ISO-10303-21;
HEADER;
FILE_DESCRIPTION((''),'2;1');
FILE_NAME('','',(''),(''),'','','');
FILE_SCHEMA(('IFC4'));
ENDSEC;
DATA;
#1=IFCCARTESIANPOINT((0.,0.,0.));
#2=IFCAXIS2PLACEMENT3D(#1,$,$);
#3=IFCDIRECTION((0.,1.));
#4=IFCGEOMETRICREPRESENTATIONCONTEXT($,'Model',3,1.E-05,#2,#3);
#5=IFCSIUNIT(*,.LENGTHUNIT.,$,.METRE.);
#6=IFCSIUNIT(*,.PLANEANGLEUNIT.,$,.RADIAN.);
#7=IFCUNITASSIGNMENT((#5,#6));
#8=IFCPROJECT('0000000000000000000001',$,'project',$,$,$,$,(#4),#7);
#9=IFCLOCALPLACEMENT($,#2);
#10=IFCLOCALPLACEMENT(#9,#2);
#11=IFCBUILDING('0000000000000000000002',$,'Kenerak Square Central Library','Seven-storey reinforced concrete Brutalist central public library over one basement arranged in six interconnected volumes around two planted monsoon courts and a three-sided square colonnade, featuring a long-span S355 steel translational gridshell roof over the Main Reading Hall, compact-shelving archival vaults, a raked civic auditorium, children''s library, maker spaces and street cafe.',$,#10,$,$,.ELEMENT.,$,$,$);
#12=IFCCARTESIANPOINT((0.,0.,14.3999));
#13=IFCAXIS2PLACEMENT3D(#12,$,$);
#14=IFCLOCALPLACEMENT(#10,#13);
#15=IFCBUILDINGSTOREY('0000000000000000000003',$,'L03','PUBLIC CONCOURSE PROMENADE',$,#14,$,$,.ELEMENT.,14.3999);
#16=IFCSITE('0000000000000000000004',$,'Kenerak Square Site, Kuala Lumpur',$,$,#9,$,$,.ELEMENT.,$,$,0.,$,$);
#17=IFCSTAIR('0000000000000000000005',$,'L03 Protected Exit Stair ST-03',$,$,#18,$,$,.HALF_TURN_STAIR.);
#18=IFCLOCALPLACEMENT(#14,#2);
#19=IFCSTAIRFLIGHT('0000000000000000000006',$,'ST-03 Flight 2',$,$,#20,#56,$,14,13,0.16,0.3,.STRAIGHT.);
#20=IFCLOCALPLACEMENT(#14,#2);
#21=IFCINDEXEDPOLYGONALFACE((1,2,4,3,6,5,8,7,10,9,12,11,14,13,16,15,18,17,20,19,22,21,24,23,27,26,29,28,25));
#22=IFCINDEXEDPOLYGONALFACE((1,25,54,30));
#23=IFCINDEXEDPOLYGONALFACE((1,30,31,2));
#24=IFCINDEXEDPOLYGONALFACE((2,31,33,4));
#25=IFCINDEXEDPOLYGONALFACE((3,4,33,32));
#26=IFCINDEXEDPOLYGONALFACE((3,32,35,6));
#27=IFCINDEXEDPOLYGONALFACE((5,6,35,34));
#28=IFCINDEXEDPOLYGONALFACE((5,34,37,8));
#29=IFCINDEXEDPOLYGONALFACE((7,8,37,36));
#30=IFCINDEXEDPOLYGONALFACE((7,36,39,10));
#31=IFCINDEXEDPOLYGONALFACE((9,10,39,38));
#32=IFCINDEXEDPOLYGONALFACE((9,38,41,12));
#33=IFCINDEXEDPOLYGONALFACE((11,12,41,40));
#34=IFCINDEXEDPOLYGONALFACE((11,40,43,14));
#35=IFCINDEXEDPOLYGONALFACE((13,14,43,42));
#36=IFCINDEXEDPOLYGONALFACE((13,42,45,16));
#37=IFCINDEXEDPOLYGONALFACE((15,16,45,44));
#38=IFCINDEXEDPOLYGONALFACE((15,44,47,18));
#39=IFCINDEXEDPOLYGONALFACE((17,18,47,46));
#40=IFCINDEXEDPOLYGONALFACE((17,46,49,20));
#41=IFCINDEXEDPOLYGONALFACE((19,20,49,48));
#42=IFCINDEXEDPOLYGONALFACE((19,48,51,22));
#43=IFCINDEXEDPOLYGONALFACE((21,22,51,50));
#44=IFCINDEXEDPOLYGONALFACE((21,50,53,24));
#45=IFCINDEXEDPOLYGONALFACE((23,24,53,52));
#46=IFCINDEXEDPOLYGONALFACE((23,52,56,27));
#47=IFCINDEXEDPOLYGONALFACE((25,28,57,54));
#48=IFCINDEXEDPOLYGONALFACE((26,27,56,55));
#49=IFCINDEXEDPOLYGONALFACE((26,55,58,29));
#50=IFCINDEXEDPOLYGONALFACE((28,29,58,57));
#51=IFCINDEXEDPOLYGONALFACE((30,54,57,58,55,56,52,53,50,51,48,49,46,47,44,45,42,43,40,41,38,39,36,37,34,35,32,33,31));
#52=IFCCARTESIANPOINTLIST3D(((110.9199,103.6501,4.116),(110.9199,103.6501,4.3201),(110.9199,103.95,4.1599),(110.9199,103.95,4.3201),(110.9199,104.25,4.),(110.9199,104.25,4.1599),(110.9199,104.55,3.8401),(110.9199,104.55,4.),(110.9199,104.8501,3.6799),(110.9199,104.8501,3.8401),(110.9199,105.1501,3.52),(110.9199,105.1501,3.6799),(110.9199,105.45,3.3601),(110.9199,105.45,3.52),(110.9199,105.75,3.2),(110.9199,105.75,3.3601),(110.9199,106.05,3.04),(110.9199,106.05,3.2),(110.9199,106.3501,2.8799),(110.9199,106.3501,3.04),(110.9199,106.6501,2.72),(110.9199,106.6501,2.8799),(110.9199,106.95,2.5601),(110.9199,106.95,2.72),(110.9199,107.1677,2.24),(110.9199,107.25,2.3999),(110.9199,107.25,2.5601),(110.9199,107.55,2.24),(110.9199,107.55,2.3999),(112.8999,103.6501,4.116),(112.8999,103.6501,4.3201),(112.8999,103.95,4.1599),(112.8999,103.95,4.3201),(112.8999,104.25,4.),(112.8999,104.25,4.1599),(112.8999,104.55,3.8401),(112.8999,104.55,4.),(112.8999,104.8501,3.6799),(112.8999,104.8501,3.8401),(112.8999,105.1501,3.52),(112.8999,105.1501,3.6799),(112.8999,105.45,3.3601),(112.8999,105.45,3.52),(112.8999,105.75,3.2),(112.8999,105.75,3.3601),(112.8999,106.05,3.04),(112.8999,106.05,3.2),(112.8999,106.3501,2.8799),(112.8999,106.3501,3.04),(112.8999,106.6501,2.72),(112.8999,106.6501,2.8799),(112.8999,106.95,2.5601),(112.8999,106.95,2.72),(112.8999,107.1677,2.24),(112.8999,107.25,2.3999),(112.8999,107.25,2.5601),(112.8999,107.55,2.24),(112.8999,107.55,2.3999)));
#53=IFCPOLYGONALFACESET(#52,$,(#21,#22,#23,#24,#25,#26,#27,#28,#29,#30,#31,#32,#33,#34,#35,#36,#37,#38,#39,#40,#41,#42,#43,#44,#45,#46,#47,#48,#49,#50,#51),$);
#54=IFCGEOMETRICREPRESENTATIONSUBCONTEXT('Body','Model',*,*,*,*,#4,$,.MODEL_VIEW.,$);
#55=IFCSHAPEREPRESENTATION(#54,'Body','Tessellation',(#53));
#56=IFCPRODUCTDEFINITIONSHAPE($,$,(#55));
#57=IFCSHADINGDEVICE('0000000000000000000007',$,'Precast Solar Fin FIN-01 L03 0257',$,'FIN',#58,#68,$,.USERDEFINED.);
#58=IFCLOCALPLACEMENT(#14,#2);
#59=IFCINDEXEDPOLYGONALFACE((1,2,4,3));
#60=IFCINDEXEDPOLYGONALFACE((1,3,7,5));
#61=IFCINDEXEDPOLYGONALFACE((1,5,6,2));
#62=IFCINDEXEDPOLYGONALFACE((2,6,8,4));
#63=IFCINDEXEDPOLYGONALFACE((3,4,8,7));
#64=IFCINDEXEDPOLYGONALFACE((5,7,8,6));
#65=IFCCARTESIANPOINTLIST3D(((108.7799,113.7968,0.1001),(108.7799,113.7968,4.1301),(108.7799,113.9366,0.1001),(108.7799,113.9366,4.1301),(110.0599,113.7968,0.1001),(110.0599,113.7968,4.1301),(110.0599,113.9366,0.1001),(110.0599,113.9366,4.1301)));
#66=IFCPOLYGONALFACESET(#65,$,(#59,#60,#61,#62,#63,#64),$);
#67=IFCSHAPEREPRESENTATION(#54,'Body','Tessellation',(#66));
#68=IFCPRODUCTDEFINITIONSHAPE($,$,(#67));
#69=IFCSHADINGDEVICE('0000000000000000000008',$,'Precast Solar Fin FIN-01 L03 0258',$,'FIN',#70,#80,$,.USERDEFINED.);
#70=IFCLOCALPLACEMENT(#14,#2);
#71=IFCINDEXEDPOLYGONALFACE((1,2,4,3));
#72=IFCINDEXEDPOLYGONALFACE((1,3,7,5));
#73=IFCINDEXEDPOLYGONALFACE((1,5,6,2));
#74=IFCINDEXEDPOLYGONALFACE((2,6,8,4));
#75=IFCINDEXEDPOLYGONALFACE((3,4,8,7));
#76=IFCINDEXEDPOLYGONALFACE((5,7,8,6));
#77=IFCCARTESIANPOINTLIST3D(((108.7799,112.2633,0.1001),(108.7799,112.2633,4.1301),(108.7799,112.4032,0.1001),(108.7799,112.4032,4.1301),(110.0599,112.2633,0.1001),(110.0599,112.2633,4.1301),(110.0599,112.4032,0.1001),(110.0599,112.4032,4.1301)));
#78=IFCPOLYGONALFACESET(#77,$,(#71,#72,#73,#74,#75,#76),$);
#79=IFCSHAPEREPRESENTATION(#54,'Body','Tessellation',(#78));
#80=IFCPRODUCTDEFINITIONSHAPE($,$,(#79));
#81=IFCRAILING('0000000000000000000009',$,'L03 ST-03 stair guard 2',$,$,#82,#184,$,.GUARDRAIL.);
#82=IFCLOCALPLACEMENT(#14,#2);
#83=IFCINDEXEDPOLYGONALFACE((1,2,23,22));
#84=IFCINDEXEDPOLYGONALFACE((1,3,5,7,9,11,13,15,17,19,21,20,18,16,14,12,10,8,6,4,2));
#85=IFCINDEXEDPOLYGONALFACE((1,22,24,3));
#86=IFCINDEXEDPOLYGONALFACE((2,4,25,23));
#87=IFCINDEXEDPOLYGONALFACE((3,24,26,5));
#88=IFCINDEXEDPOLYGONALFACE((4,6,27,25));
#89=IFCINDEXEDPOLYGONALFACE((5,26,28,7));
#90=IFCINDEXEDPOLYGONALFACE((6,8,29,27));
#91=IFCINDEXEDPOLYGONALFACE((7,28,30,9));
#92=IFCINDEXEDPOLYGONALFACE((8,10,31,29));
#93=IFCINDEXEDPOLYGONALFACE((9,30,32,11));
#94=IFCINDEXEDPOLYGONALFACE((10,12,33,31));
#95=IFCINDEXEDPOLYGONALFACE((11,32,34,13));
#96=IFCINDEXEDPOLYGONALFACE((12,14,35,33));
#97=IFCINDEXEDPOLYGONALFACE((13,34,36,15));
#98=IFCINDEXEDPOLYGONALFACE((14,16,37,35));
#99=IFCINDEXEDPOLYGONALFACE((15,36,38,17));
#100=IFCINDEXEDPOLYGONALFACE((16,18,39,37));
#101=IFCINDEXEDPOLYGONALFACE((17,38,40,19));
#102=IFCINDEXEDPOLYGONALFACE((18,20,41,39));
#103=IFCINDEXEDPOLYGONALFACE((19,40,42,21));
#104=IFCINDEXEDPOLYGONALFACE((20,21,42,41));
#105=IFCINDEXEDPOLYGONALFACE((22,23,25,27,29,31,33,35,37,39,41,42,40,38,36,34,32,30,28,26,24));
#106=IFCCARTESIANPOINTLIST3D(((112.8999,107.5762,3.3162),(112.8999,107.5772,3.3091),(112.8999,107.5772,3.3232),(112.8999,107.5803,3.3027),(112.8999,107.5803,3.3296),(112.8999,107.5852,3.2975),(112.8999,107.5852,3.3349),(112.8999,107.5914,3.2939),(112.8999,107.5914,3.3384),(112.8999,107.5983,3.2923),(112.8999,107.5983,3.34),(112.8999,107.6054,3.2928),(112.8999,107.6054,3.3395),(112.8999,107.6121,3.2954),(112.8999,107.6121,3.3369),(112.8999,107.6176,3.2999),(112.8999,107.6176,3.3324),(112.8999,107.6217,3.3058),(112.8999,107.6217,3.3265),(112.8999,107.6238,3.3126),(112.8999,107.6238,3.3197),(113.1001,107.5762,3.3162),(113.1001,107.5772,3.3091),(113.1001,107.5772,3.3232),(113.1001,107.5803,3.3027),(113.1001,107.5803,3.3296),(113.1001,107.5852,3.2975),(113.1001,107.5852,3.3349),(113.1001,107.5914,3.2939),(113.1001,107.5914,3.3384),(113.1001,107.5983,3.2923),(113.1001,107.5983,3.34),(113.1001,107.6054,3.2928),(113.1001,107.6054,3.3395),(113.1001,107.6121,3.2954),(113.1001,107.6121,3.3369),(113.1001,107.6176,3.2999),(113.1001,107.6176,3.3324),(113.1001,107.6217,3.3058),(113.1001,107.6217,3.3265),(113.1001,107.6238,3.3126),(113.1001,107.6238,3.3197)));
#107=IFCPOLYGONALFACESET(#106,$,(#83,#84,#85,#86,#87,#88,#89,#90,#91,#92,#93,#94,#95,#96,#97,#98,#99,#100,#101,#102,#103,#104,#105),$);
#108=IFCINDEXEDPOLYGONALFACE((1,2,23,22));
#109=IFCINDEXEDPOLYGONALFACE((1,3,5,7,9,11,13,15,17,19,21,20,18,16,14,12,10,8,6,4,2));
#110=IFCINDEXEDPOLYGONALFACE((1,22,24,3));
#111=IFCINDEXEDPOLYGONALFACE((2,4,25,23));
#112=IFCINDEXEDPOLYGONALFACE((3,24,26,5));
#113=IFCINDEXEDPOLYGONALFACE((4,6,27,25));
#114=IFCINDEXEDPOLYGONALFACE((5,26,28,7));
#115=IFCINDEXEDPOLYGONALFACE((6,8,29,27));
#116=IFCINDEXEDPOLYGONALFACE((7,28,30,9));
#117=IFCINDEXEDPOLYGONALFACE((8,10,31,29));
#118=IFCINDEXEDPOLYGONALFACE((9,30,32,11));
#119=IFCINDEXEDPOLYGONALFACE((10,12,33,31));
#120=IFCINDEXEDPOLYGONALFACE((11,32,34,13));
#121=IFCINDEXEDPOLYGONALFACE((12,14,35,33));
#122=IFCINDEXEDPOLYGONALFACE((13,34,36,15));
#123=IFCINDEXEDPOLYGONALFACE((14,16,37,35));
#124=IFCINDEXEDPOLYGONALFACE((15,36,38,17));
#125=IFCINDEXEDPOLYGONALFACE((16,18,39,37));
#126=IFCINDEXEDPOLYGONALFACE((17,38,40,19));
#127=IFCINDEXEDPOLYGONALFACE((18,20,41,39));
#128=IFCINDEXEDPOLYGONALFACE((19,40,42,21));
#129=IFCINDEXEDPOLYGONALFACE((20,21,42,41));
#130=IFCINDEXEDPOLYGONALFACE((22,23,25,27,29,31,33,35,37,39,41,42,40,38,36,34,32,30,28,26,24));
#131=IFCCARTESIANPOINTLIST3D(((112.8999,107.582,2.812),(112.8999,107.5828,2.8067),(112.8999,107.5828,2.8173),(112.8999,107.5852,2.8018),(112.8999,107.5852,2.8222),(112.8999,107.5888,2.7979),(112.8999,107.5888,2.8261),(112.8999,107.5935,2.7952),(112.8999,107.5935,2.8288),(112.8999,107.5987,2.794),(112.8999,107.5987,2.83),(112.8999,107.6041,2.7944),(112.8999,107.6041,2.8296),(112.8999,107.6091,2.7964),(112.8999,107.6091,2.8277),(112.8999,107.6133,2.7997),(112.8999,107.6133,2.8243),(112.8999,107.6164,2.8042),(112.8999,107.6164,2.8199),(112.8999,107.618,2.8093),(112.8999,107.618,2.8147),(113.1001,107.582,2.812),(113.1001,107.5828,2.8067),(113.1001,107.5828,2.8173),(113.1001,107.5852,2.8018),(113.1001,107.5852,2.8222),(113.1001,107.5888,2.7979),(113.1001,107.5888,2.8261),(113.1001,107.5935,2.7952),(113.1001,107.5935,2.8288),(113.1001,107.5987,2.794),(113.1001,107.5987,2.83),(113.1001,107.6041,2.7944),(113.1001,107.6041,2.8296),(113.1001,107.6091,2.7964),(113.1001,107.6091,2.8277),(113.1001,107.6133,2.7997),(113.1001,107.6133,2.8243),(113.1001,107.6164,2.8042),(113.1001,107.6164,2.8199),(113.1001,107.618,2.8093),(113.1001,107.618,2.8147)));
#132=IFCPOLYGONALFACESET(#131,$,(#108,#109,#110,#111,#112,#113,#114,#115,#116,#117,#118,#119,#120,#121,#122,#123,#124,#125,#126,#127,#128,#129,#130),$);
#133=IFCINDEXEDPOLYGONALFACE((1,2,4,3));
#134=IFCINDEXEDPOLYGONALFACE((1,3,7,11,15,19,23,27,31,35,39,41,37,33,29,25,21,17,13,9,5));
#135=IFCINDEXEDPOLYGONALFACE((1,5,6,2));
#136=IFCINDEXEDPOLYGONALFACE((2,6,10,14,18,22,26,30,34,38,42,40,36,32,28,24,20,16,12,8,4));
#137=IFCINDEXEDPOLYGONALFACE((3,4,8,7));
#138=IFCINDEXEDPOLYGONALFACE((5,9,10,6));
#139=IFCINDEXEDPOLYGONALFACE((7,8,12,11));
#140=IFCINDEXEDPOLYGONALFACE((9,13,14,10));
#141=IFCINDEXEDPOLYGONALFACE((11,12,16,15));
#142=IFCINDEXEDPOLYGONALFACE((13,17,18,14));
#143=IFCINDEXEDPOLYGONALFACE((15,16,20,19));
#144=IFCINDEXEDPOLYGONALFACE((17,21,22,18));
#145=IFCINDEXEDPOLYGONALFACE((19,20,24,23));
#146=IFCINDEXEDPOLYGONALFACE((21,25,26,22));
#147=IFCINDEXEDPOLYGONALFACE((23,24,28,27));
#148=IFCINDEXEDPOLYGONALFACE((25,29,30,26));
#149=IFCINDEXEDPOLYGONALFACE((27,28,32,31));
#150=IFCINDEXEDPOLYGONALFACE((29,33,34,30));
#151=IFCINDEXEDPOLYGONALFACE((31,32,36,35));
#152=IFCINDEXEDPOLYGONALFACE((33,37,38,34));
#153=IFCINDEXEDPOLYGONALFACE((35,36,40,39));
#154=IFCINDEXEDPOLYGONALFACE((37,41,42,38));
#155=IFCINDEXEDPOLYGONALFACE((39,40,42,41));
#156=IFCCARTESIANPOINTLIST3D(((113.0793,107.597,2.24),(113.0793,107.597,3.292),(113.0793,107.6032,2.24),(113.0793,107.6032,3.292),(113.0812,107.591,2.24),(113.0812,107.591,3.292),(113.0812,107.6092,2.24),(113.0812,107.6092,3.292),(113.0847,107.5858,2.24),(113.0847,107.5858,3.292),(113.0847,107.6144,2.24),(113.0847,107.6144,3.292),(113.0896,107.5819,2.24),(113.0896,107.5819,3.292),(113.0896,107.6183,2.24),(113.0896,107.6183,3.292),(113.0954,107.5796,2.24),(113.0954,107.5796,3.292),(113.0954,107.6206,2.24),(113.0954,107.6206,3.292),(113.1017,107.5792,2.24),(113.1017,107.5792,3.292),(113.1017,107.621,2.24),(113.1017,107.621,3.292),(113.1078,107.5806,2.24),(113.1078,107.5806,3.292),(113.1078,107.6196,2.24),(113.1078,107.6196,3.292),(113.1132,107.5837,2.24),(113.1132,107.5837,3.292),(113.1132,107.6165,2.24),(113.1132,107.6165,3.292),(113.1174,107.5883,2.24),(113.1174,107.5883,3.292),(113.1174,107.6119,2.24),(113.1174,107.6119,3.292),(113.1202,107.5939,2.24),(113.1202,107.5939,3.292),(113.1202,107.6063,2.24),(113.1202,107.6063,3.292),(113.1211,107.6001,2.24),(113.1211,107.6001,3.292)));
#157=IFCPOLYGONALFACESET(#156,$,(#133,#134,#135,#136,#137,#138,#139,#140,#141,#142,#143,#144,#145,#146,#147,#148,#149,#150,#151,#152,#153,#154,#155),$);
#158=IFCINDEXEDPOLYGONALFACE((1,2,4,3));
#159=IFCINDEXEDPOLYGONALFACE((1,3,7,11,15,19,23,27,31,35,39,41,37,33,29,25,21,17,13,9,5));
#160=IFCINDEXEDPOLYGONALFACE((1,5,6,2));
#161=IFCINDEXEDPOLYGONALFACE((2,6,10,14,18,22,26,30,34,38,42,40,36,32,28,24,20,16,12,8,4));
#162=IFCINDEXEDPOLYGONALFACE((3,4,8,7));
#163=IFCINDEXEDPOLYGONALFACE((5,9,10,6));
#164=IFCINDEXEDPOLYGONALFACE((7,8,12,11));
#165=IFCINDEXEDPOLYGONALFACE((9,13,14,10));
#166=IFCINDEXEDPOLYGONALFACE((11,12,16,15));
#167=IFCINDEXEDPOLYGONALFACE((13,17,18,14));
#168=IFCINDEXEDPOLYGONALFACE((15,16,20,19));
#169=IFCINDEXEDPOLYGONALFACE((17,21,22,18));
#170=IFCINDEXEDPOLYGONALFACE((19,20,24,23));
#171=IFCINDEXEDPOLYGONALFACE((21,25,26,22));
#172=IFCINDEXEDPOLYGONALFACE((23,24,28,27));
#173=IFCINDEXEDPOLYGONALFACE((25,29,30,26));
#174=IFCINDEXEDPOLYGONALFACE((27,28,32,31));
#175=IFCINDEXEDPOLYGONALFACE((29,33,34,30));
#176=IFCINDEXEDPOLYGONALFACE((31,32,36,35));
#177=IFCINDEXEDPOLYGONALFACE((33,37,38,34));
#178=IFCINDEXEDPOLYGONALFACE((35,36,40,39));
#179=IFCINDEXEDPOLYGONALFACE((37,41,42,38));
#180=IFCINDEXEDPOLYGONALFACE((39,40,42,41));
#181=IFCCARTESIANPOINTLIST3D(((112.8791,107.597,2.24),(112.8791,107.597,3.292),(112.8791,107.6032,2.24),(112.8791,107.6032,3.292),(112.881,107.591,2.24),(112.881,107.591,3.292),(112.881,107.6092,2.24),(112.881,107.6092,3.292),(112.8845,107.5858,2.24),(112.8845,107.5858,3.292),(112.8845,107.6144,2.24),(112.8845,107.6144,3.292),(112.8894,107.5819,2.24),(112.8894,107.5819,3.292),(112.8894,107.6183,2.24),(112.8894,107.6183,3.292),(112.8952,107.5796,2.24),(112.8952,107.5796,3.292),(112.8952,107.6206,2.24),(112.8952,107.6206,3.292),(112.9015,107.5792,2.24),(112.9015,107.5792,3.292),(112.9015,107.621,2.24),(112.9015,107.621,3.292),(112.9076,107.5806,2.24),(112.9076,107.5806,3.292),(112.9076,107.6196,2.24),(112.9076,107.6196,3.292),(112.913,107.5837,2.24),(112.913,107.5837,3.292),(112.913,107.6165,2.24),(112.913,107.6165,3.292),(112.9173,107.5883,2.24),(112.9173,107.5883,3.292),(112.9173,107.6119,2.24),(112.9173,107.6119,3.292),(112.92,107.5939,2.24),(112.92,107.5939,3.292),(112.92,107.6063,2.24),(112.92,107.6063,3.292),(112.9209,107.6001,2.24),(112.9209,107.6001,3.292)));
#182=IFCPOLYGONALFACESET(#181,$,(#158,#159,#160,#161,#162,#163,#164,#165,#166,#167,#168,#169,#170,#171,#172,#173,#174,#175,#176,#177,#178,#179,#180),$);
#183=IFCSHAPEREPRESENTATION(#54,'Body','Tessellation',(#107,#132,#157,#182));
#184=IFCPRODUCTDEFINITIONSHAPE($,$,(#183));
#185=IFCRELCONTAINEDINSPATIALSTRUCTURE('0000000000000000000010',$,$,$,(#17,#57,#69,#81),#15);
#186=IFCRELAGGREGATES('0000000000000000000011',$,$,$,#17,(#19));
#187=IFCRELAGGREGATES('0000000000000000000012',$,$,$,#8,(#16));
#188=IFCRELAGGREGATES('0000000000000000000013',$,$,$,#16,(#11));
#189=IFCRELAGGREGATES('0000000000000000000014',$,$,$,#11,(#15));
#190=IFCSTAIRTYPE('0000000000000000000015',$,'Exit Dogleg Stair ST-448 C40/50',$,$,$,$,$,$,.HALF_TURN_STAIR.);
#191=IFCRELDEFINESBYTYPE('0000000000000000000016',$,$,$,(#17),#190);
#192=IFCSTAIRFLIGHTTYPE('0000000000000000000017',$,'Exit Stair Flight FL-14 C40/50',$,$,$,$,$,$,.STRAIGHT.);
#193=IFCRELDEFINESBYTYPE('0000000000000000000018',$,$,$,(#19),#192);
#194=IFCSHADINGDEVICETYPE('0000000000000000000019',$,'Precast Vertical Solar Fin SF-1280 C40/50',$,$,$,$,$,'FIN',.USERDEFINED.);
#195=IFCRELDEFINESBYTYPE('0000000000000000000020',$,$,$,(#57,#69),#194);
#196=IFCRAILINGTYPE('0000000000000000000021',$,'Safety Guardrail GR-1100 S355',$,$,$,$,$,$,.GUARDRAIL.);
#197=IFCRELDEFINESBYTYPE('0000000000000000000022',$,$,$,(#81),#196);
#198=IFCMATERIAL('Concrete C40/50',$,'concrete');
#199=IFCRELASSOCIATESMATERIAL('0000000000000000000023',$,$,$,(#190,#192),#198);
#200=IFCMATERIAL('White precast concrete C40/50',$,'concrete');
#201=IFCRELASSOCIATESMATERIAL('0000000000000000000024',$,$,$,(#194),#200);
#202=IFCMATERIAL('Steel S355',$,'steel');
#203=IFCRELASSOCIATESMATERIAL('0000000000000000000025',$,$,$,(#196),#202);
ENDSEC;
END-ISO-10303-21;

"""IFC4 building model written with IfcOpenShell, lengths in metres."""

from ifc_helpers import new_model, si_unit, direction, frame, origin, origin_2d, place, context, subcontext, project, spatial, polyline, rectangle, circle, outline, extrude, material, type_object, element, aggregate, save


model = new_model("IFC4")

# Units and contexts
model_context = context("Model", 3, precision=1e-05, world=origin(), true_north=direction((0.0, 1.0)))
body_context = subcontext(model_context, "Body", "Model", "MODEL_VIEW")
ifc_project = project(units=[si_unit("LENGTHUNIT", "METRE"), si_unit("PLANEANGLEUNIT", "RADIAN")], contexts=[model_context])

# Site, building, storey
site_placement = place(None, origin())
site = spatial("IfcSite", under=ifc_project, at=site_placement, Name="Kenerak Square Site, Kuala Lumpur", CompositionType="ELEMENT", RefElevation=0.0)
building_placement = place(site_placement, origin())
building = spatial("IfcBuilding", under=site, at=building_placement, Name="Kenerak Square Central Library", Description="Seven-storey reinforced concrete Brutalist central public library over one basement arranged in six interconnected volumes around two planted monsoon courts and a three-sided square colonnade, featuring a long-span S355 steel translational gridshell roof over the Main Reading Hall, compact-shelving archival vaults, a raked civic auditorium, children's library, maker spaces and street cafe.", CompositionType="ELEMENT")
storey_placement = place(building_placement, frame((0.0, 0.0, 14.3999)))
storey = spatial("IfcBuildingStorey", under=building, at=storey_placement, Name="L03", Description="PUBLIC CONCOURSE PROMENADE", CompositionType="ELEMENT", Elevation=14.3999)

# Shared definitions
ifc_material_1 = material(Name="Concrete C40/50", Category="concrete")

# Stair, stair flight
stair_type = type_object("IfcStairType", Name="Exit Dogleg Stair ST-448 C40/50", PredefinedType="HALF_TURN_STAIR", material=ifc_material_1)
stair_placement = place(storey_placement, origin())
stair = element("IfcStair", 1, at=stair_placement, inside=storey, type_object=stair_type, Name="L03 Protected Exit Stair ST-03", PredefinedType="HALF_TURN_STAIR")
stair_flight_type = type_object("IfcStairFlightType", Name="Exit Stair Flight FL-14 C40/50", PredefinedType="STRAIGHT", material=ifc_material_1)
stair_flight_1_placement = place(storey_placement, frame((111.9099, 107.55, 2.24), z_axis=(0.0, 0.0, 1.0), x_axis=(0.0, -1.0, 0.0)))
stair_flight_1 = element("IfcStairFlight", 2, at=stair_flight_1_placement, type_object=stair_flight_type, Name="ST-03 Flight 2", NumberOfRisers=14, NumberOfTreads=13, PredefinedType="STRAIGHT", RiserHeight=0.16, TreadLength=0.3, context=body_context, shape_type="SweptSolid", body=[
    extrude(outline(polyline([(0.0, 0.0), (0.0, 0.1599), (0.3, 0.1599), (0.3, 0.3201), (0.6001, 0.3201), (0.6001, 0.48), (0.8999, 0.48), (0.8999, 0.6399), (1.2, 0.6399), (1.2, 0.8), (1.5, 0.8), (1.5, 0.96), (1.8, 0.96), (1.8, 1.1201), (2.1001, 1.1201), (2.1001, 1.28), (2.3999, 1.28), (2.3999, 1.4399), (2.7, 1.4399), (2.7, 1.6001), (3.0, 1.6001), (3.0, 1.76), (3.3, 1.76), (3.3, 1.9199), (3.6001, 1.9199), (3.6001, 2.0801), (3.8999, 2.0801), (3.8999, 2.24), (3.8999, 1.876), (0.3823, 0.0), (0.0, 0.0)])), frame((0.0, 0.99, 0.0), z_axis=(0.0, -1.0, 0.0), x_axis=(1.0, 0.0, 0.0)), (0.0, 0.0, 1.0), 1.98),
])
aggregate(stair, [stair_flight_1])

# Shading devices
ifc_material_2 = material(Name="White precast concrete C40/50", Category="concrete")
shading_device_type = type_object("IfcShadingDeviceType", Name="Precast Vertical Solar Fin SF-1280 C40/50", ElementType="FIN", PredefinedType="USERDEFINED", material=ifc_material_2)
for number, where, z_axis, x_axis, name in (
    (3, (109.4199, 113.8667, 0.1001), (0.0, 0.0, 1.0), (0.0, -1.0, 0.0), "Precast Solar Fin FIN-01 L03 0257"),
    (4, (109.4199, 112.3333, 0.1001), (0.0, 0.0, 1.0), (0.0, -1.0, 0.0), "Precast Solar Fin FIN-01 L03 0258"),
):
    element("IfcShadingDevice", number, at=place(storey_placement, frame(where, z_axis=z_axis, x_axis=x_axis)), inside=storey, type_object=shading_device_type, Name=name, ObjectType="FIN", PredefinedType="USERDEFINED", context=body_context, shape_type="SweptSolid", body=[
        extrude(rectangle(XDim=0.1399, YDim=1.28, at=origin_2d()), origin(), (0.0, 0.0, 1.0), 4.03),
    ])

# Railing
ifc_material_3 = material(Name="Steel S355", Category="steel")
railing_type_1 = type_object("IfcRailingType", Name="Safety Guardrail GR-1100 S355", PredefinedType="GUARDRAIL", material=ifc_material_3)
railing_1_placement = place(storey_placement, frame((113.1001, 107.6001, 2.24)))
element("IfcRailing", 5, at=railing_1_placement, inside=storey, type_object=railing_type_1, Name="L03 ST-03 stair guard 2", PredefinedType="GUARDRAIL", context=body_context, shape_type="SweptSolid", body=[
    extrude(circle(Radius=0.0239, at=origin_2d()), frame((0.0, 0.0, 1.0762), z_axis=(-1.0, 0.0, 0.0), x_axis=(0.0, -1.0, 0.0)), (0.0, 0.0, 1.0), 0.2002),
    extrude(circle(Radius=0.0181, at=origin_2d()), frame((0.0, 0.0, 0.572), z_axis=(-1.0, 0.0, 0.0), x_axis=(0.0, -1.0, 0.0)), (0.0, 0.0, 1.0), 0.2002),
    extrude(circle(Radius=0.021, at=origin_2d()), origin(), (0.0, 0.0, 1.0), 1.052),
    extrude(circle(Radius=0.021, at=origin_2d()), frame((-0.2002, 0.0, 0.0)), (0.0, 0.0, 1.0), 1.052),
])

save(model, "model.ifc")
